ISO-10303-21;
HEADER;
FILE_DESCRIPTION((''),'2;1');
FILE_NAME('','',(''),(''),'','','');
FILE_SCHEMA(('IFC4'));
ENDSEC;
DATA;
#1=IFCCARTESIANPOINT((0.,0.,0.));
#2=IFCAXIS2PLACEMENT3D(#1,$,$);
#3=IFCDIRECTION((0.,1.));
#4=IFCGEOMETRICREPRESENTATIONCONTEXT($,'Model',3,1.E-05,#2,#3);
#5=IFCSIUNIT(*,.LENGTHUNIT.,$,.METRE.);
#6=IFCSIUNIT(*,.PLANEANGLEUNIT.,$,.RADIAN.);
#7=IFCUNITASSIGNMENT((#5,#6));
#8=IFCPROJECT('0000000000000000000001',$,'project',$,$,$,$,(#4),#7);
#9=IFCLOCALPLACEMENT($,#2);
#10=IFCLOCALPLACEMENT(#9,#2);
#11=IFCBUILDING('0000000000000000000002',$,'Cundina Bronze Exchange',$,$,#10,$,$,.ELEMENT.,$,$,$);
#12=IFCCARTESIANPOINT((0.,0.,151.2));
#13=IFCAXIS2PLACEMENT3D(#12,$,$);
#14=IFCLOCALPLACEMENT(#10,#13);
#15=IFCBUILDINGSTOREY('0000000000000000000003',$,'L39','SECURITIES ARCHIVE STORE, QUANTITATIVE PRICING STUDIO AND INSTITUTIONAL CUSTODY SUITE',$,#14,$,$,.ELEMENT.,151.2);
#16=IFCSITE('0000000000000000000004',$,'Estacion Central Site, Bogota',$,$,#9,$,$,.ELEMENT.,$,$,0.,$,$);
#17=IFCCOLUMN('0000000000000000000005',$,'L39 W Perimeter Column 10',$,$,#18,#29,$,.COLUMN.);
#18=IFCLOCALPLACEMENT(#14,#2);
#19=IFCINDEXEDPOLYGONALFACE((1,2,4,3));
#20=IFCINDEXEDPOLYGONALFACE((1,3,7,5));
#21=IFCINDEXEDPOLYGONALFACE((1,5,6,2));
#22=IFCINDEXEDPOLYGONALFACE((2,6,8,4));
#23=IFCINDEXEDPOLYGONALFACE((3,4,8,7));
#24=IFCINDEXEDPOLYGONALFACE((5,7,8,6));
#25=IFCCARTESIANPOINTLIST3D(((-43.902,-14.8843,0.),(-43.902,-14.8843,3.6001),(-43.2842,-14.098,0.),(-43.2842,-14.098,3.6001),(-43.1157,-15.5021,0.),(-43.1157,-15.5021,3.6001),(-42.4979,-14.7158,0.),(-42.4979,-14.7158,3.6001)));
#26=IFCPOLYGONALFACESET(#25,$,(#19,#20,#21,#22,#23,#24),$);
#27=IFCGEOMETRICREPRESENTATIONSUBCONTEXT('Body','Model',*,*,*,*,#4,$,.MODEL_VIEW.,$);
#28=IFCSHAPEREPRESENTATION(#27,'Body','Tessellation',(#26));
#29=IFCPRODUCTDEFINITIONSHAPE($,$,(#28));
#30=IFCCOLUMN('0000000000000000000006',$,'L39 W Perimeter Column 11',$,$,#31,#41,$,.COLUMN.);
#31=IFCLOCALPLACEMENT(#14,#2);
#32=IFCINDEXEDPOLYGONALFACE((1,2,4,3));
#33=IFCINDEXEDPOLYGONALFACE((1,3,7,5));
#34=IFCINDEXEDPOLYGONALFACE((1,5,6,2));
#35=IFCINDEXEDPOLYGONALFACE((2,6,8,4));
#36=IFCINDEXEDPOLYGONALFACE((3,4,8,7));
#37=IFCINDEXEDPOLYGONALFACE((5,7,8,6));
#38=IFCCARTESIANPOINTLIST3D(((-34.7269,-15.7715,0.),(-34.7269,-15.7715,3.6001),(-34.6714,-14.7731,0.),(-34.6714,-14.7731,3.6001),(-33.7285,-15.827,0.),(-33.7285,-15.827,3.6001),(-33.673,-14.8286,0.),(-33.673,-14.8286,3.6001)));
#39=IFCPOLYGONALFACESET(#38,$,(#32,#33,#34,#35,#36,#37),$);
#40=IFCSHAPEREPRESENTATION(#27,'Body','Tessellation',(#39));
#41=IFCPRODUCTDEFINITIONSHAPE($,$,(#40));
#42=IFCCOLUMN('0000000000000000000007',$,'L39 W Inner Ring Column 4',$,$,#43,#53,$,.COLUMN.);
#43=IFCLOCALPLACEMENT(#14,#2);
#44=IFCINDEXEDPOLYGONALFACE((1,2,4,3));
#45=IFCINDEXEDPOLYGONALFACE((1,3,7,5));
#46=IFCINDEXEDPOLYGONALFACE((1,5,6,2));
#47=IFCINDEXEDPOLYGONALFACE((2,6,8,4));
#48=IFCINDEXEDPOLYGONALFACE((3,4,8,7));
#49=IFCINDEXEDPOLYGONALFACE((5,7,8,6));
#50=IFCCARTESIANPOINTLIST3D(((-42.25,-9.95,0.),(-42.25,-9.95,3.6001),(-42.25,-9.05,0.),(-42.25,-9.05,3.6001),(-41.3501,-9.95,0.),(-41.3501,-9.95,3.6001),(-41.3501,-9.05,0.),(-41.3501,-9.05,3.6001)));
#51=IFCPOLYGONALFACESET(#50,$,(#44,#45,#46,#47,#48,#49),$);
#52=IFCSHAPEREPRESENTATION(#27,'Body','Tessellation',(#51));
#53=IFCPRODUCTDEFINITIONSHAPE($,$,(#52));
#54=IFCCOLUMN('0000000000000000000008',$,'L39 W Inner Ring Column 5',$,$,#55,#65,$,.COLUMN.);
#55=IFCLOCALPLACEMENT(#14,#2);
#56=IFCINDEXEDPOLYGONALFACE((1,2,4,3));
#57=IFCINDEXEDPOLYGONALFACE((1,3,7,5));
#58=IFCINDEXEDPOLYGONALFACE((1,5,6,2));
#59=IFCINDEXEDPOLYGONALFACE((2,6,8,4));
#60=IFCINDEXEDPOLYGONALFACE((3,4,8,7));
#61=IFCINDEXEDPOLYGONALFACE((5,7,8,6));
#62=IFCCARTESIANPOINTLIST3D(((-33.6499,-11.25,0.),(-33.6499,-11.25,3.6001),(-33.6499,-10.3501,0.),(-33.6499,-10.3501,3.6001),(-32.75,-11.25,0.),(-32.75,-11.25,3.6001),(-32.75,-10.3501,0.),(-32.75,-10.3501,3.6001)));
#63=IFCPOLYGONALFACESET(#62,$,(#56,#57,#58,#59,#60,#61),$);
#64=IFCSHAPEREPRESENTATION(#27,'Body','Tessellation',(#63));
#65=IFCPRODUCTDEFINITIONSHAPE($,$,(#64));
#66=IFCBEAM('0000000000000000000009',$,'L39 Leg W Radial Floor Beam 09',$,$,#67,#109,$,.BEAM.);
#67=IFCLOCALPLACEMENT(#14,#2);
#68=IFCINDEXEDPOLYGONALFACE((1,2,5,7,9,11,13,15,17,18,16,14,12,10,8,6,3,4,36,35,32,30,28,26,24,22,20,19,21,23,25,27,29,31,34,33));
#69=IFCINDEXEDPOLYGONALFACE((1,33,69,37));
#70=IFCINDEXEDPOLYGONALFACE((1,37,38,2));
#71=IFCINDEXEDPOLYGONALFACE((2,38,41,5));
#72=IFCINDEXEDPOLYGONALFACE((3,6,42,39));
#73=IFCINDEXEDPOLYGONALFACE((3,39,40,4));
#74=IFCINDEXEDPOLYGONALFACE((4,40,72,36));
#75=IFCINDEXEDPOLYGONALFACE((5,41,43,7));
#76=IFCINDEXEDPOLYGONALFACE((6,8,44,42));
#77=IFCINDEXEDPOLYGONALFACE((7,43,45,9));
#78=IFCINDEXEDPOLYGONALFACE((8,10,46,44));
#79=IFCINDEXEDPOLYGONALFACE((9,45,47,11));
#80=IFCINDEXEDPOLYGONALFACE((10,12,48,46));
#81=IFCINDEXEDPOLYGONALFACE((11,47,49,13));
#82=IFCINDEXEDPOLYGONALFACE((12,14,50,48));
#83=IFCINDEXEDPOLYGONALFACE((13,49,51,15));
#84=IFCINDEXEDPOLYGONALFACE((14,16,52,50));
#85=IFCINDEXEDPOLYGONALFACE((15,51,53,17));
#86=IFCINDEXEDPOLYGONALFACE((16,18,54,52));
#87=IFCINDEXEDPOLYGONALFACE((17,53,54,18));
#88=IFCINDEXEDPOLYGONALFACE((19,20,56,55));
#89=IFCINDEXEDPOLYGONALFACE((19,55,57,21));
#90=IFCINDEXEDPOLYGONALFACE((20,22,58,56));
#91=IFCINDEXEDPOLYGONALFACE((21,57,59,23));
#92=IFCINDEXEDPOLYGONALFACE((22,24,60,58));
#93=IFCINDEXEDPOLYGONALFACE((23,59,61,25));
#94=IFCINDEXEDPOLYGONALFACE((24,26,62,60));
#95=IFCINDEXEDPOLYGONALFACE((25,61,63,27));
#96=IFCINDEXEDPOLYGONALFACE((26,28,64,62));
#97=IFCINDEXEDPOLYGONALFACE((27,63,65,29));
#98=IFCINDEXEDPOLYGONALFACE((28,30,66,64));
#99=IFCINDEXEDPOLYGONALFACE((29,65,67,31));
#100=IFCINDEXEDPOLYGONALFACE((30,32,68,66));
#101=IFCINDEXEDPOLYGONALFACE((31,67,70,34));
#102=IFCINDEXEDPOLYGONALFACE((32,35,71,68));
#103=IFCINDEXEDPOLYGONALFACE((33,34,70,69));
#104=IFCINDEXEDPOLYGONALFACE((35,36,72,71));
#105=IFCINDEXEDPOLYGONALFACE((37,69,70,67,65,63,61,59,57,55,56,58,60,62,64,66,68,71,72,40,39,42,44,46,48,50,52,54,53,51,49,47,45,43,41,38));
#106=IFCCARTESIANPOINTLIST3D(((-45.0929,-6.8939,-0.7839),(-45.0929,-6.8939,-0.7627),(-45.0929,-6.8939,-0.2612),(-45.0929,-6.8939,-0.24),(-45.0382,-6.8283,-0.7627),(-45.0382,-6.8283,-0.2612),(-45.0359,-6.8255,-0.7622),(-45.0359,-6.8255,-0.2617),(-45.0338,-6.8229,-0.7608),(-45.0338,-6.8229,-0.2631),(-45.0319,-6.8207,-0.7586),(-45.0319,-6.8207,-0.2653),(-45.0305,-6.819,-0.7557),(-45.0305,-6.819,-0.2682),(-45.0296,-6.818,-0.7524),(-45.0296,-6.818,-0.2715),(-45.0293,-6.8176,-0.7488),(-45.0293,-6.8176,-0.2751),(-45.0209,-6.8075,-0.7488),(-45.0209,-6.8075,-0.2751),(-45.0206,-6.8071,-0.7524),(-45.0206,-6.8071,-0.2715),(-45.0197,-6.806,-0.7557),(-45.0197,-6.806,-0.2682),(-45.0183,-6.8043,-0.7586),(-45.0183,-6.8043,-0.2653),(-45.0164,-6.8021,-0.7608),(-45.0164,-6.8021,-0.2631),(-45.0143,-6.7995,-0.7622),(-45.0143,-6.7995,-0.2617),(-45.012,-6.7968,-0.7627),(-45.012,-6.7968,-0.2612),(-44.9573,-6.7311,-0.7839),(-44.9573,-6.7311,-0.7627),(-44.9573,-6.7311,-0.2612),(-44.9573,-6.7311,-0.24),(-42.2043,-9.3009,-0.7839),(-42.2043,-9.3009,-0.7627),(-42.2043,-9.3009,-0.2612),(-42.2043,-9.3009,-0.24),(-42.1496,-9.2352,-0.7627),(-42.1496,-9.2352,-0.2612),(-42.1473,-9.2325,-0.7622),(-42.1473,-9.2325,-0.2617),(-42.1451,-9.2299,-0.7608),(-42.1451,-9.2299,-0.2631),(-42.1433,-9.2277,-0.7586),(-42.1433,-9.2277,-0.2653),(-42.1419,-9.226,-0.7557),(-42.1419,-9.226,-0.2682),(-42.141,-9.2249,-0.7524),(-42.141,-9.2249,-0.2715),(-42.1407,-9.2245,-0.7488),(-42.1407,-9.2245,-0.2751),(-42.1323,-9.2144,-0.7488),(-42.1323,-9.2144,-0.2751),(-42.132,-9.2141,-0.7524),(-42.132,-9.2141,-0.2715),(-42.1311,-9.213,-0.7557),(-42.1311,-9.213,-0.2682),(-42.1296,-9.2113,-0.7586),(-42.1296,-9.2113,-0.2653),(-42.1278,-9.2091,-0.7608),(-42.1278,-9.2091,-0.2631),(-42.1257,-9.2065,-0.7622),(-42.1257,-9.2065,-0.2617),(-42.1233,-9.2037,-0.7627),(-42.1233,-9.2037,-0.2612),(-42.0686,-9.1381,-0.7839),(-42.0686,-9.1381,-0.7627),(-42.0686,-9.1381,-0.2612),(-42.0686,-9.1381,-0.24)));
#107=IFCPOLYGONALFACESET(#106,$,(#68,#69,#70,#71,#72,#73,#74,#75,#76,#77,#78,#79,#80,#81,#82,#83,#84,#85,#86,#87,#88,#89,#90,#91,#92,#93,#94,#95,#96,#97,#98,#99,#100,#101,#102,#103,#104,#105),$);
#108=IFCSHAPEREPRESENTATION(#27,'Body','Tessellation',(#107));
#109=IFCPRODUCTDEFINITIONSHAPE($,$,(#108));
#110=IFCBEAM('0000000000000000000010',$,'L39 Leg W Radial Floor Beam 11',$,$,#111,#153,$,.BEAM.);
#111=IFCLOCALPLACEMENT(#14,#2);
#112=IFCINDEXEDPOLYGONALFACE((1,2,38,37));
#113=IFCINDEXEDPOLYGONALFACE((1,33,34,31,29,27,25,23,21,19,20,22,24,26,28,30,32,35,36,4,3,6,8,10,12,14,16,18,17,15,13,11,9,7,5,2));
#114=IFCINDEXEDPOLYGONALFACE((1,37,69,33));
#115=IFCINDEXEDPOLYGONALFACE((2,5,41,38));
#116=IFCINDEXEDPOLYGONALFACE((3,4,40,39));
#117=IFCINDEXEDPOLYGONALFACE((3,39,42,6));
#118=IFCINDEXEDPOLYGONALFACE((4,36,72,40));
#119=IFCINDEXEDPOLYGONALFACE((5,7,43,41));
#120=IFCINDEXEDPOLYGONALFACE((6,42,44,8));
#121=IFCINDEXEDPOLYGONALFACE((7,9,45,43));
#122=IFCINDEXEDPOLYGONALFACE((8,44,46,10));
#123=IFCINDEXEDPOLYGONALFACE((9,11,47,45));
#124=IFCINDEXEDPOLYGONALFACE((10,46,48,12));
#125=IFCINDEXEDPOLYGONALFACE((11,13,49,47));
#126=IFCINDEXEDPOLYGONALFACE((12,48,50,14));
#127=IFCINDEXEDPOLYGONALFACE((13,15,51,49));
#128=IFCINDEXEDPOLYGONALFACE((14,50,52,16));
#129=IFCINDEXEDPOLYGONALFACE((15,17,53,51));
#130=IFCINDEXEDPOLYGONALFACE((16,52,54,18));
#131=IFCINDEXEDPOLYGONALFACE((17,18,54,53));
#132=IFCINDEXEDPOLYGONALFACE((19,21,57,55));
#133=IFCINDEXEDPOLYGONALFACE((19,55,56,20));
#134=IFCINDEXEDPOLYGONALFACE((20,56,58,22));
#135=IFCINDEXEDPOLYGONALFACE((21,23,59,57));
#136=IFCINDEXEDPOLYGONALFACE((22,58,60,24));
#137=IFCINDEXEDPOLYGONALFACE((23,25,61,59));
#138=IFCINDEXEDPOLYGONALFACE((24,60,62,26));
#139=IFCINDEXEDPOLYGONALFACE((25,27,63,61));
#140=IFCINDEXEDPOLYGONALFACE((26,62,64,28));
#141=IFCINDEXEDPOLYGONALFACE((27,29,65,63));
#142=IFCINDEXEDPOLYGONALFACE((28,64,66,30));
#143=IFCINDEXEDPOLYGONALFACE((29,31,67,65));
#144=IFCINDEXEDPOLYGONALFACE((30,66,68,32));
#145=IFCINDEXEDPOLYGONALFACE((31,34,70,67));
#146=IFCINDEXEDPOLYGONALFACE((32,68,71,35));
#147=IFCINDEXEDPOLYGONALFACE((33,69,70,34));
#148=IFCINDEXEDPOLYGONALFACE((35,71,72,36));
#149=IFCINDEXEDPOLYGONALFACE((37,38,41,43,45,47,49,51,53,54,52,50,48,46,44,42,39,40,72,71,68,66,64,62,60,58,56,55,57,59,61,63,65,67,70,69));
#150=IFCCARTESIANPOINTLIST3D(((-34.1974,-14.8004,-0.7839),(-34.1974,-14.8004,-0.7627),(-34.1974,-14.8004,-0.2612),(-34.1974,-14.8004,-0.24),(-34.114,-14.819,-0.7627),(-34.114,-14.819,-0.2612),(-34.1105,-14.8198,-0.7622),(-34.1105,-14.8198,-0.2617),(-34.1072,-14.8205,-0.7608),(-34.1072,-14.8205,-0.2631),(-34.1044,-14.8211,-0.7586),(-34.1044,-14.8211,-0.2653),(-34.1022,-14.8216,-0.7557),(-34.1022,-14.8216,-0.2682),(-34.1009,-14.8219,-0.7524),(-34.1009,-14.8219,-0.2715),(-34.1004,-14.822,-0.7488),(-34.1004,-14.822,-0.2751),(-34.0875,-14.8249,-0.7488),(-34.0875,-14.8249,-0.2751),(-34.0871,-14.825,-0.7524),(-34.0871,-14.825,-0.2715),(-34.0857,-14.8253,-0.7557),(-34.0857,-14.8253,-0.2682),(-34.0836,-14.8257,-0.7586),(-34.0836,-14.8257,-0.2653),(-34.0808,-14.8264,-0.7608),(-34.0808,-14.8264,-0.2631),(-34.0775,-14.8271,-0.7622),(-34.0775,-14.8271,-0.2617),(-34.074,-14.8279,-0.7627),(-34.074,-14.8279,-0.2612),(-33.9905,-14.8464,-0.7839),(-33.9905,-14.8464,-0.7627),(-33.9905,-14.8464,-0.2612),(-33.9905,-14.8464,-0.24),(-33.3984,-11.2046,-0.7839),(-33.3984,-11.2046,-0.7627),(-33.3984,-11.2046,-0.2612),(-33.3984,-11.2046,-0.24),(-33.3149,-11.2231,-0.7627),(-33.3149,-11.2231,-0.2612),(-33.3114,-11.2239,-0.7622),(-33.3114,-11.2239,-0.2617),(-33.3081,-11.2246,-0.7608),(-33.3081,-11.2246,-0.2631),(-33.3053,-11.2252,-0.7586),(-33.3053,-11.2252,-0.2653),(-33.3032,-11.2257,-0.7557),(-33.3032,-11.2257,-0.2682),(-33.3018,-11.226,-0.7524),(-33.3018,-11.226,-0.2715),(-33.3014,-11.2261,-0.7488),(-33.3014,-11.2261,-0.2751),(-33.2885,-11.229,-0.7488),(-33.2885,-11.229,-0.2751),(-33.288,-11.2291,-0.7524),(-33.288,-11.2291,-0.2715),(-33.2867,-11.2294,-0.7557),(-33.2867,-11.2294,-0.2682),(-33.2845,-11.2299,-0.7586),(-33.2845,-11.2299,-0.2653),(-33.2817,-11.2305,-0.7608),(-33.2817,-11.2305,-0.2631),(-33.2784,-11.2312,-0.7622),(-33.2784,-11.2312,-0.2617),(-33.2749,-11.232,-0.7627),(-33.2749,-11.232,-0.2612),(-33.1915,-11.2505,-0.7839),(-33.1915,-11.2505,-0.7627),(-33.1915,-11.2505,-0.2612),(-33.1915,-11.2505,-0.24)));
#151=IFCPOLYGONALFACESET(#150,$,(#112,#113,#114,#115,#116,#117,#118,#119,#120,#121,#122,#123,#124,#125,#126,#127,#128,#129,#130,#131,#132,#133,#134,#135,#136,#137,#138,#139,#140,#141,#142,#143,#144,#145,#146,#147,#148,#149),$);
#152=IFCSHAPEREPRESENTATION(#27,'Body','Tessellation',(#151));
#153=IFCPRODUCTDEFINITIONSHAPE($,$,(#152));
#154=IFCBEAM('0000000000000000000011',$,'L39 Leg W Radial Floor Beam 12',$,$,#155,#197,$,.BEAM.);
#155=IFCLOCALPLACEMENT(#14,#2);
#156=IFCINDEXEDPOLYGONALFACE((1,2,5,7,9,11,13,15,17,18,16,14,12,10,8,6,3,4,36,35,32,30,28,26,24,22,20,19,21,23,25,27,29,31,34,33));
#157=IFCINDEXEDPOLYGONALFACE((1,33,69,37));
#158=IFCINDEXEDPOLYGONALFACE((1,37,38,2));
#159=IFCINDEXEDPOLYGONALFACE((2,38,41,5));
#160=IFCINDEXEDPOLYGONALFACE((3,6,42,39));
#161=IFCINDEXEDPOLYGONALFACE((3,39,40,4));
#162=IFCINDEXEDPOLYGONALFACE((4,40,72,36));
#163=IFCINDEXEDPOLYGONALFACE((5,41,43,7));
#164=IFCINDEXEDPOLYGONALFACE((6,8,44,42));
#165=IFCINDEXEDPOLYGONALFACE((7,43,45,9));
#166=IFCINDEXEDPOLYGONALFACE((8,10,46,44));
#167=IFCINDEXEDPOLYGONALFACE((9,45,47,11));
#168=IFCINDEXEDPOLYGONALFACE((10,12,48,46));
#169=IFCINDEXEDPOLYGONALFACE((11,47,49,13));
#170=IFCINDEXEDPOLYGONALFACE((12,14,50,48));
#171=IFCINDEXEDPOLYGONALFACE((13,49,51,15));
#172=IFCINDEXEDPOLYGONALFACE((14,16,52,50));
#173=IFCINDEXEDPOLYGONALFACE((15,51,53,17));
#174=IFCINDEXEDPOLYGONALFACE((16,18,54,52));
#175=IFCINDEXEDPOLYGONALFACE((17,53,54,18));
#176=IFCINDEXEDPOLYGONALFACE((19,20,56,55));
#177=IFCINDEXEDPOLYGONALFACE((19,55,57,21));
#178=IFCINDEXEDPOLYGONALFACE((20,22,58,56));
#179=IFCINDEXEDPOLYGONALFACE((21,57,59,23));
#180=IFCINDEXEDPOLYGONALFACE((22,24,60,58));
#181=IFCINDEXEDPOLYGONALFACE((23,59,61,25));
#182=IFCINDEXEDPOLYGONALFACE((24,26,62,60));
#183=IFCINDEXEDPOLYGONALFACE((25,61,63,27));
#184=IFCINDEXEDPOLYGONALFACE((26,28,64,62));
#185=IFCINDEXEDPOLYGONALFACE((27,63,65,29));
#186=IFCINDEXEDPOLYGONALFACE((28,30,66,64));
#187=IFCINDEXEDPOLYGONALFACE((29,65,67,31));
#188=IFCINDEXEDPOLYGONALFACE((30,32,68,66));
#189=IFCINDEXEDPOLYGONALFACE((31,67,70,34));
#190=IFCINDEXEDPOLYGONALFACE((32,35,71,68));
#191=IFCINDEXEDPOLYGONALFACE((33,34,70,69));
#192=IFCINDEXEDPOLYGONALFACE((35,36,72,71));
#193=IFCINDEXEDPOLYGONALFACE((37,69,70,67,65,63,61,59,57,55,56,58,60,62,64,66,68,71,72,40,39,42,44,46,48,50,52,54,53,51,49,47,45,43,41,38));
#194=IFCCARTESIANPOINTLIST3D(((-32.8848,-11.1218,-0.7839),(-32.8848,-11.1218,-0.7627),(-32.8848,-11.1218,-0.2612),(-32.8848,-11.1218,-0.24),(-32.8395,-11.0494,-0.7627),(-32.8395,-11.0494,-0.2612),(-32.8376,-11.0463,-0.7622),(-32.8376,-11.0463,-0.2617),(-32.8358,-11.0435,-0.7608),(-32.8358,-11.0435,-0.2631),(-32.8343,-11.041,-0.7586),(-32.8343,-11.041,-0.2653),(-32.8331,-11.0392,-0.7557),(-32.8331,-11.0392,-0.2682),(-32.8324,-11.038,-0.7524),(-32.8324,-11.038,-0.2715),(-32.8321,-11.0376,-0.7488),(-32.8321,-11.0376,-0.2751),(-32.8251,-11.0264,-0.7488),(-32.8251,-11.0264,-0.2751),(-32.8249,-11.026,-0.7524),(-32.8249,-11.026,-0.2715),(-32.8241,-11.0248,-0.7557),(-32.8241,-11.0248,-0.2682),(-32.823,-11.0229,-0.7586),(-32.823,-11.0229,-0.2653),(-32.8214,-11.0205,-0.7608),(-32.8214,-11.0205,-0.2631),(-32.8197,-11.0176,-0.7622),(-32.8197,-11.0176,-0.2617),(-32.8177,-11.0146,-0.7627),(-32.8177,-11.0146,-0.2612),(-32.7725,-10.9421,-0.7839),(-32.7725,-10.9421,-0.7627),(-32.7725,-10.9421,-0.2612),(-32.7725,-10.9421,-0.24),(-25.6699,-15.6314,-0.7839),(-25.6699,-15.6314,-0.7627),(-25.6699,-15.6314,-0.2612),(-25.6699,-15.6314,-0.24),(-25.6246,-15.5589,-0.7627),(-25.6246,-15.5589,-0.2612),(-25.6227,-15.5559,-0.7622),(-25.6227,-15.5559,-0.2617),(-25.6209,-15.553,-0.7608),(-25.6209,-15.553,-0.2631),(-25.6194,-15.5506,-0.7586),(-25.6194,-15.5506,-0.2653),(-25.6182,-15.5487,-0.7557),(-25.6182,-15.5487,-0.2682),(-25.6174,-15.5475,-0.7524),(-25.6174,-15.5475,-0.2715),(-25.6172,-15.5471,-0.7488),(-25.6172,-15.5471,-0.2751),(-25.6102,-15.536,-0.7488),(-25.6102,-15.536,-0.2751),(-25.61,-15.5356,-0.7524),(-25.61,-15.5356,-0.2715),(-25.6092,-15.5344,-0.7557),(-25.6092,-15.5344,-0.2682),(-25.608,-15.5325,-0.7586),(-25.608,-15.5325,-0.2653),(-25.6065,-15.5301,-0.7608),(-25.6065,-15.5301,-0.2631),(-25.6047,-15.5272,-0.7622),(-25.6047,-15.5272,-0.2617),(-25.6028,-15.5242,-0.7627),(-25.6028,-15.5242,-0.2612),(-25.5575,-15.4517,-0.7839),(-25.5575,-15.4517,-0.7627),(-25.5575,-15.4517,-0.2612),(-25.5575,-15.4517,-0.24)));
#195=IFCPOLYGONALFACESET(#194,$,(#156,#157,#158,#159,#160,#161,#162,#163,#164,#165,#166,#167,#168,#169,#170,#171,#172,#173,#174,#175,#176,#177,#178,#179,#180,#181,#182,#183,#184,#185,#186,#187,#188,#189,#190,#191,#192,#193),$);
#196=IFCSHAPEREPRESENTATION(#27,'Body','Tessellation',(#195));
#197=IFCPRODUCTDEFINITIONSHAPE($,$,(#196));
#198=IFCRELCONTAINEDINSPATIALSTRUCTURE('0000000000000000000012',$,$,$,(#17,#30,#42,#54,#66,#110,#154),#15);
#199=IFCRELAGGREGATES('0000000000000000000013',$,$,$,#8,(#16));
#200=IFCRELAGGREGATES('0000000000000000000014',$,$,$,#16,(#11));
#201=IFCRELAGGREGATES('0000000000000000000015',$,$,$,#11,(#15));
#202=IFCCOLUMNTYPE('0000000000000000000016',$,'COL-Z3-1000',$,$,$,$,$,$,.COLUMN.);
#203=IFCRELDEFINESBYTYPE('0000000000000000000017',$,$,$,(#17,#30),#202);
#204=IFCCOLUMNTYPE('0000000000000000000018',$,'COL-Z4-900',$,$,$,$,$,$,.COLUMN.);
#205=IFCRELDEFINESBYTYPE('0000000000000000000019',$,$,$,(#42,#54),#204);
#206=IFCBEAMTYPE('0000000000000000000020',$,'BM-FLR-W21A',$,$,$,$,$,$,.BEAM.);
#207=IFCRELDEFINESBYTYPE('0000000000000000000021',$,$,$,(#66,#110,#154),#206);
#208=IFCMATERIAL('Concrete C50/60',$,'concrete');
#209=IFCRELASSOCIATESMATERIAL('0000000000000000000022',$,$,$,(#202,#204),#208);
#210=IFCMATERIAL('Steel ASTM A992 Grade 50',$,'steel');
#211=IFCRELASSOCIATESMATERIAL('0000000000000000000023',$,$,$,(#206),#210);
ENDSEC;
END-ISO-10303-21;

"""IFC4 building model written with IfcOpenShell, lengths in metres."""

from ifc_helpers import new_model, si_unit, direction, frame, origin, origin_2d, place, context, subcontext, project, spatial, rectangle, i_section, extrude, material, material_profile, profile_set, type_object, element, save


model = new_model("IFC4")

# Units and contexts
model_context = context("Model", 3, precision=1e-05, world=origin(), true_north=direction((0.0, 1.0)))
body_context = subcontext(model_context, "Body", "Model", "MODEL_VIEW")
ifc_project = project(units=[si_unit("LENGTHUNIT", "METRE"), si_unit("PLANEANGLEUNIT", "RADIAN")], contexts=[model_context])

# Site, building, storey
site_placement = place(None, origin())
site = spatial("IfcSite", under=ifc_project, at=site_placement, Name="Estacion Central Site, Bogota", CompositionType="ELEMENT", RefElevation=0.0)
building_placement = place(site_placement, origin())
building = spatial("IfcBuilding", under=site, at=building_placement, Name="Cundina Bronze Exchange", CompositionType="ELEMENT")
storey_placement = place(building_placement, frame((0.0, 0.0, 151.2)))
storey = spatial("IfcBuildingStorey", under=building, at=storey_placement, Name="L39", Description="SECURITIES ARCHIVE STORE, QUANTITATIVE PRICING STUDIO AND INSTITUTIONAL CUSTODY SUITE", CompositionType="ELEMENT", Elevation=151.2)

# Columns
ifc_material_1 = material(Name="Concrete C50/60", Category="concrete")
ifc_material_profile_1 = material_profile(ifc_material_1, rectangle(XDim=1.0, YDim=1.0, at=origin_2d()), Name="RC1000X1000", Category="concrete")
ifc_profile_set_1 = profile_set([ifc_material_profile_1], Name="Concrete C50/60")
column_type_1 = type_object("IfcColumnType", Name="COL-Z3-1000", PredefinedType="COLUMN", material=ifc_profile_set_1)
for number, where, z_axis, x_axis, name in (
    (1, (-43.2, -14.8, 0.0), (0.0, 0.0, 1.0), (0.786288, -0.61786, 0.0), "L39 W Perimeter Column 10"),
    (2, (-34.2, -15.3, 0.0), (0.0, 0.0, 1.0), (0.99846, -0.055473, 0.0), "L39 W Perimeter Column 11"),
):
    element("IfcColumn", number, at=place(storey_placement, frame(where, z_axis=z_axis, x_axis=x_axis)), inside=storey, type_object=column_type_1, Name=name, PredefinedType="COLUMN", context=body_context, shape_type="SweptSolid", body=[
        extrude(rectangle(XDim=1.0, YDim=1.0, at=origin_2d()), origin(), (0.0, 0.0, 1.0), 3.6001),
    ])
ifc_material_profile_2 = material_profile(ifc_material_1, rectangle(XDim=0.8999, YDim=0.8999, at=origin_2d()), Name="RC900X900", Category="concrete")
ifc_profile_set_2 = profile_set([ifc_material_profile_2], Name="Concrete C50/60")
column_type_2 = type_object("IfcColumnType", Name="COL-Z4-900", PredefinedType="COLUMN", material=ifc_profile_set_2)
for number, where, z_axis, x_axis, name in (
    (3, (-41.8, -9.5, 0.0), (0.0, 0.0, 1.0), (1.0, 0.0, 0.0), "L39 W Inner Ring Column 4"),
    (4, (-33.2, -10.8, 0.0), (0.0, 0.0, 1.0), (1.0, 0.0, 0.0), "L39 W Inner Ring Column 5"),
):
    element("IfcColumn", number, at=place(storey_placement, frame(where, z_axis=z_axis, x_axis=x_axis)), inside=storey, type_object=column_type_2, Name=name, PredefinedType="COLUMN", context=body_context, shape_type="SweptSolid", body=[
        extrude(rectangle(XDim=0.8999, YDim=0.8999, at=origin_2d()), origin(), (0.0, 0.0, 1.0), 3.6001),
    ])

# Beams
ifc_material_2 = material(Name="Steel ASTM A992 Grade 50", Category="steel")
ifc_material_profile_3 = material_profile(ifc_material_2, i_section(OverallWidth=0.2119, OverallDepth=0.5439, WebThickness=0.0132, FlangeThickness=0.0212, FilletRadius=0.0139, at=origin_2d()), Name="W21X83", Category="steel")
ifc_profile_set_3 = profile_set([ifc_material_profile_3], Name="Steel ASTM A992 Grade 50")
beam_type_1 = type_object("IfcBeamType", Name="BM-FLR-W21A", PredefinedType="BEAM", material=ifc_profile_set_3)
beam_1_placement = place(storey_placement, frame((-42.1365, -9.2195, -0.512), z_axis=(-0.768253, 0.640146, 0.0), x_axis=(-0.640146, -0.768253, 0.0)))
element("IfcBeam", 5, at=beam_1_placement, inside=storey, type_object=beam_type_1, Name="L39 Leg W Radial Floor Beam 09", PredefinedType="BEAM", context=body_context, shape_type="SweptSolid", body=[
    extrude(i_section(OverallWidth=0.2119, OverallDepth=0.5439, WebThickness=0.0132, FlangeThickness=0.0212, FilletRadius=0.0139, at=origin_2d()), origin(), (0.0, 0.0, 1.0), 3.76),
])
beam_2_placement = place(storey_placement, frame((-33.2949, -11.2275, -0.512), z_axis=(-0.216923, -0.976189, 0.0), x_axis=(0.976189, -0.216923, 0.0)))
element("IfcBeam", 6, at=beam_2_placement, inside=storey, type_object=beam_type_1, Name="L39 Leg W Radial Floor Beam 11", PredefinedType="BEAM", context=body_context, shape_type="SweptSolid", body=[
    extrude(i_section(OverallWidth=0.2119, OverallDepth=0.5439, WebThickness=0.0132, FlangeThickness=0.0212, FilletRadius=0.0139, at=origin_2d()), origin(), (0.0, 0.0, 1.0), 3.6836),
])
beam_3_placement = place(storey_placement, frame((-32.8286, -11.032, -0.512), z_axis=(0.847985, -0.53002, 0.0), x_axis=(0.53002, 0.847985, 0.0)))
element("IfcBeam", 7, at=beam_3_placement, inside=storey, type_object=beam_type_1, Name="L39 Leg W Radial Floor Beam 12", PredefinedType="BEAM", context=body_context, shape_type="SweptSolid", body=[
    extrude(i_section(OverallWidth=0.2119, OverallDepth=0.5439, WebThickness=0.0132, FlangeThickness=0.0212, FilletRadius=0.0139, at=origin_2d()), origin(), (0.0, 0.0, 1.0), 8.5083),
])

save(model, "model.ifc")
